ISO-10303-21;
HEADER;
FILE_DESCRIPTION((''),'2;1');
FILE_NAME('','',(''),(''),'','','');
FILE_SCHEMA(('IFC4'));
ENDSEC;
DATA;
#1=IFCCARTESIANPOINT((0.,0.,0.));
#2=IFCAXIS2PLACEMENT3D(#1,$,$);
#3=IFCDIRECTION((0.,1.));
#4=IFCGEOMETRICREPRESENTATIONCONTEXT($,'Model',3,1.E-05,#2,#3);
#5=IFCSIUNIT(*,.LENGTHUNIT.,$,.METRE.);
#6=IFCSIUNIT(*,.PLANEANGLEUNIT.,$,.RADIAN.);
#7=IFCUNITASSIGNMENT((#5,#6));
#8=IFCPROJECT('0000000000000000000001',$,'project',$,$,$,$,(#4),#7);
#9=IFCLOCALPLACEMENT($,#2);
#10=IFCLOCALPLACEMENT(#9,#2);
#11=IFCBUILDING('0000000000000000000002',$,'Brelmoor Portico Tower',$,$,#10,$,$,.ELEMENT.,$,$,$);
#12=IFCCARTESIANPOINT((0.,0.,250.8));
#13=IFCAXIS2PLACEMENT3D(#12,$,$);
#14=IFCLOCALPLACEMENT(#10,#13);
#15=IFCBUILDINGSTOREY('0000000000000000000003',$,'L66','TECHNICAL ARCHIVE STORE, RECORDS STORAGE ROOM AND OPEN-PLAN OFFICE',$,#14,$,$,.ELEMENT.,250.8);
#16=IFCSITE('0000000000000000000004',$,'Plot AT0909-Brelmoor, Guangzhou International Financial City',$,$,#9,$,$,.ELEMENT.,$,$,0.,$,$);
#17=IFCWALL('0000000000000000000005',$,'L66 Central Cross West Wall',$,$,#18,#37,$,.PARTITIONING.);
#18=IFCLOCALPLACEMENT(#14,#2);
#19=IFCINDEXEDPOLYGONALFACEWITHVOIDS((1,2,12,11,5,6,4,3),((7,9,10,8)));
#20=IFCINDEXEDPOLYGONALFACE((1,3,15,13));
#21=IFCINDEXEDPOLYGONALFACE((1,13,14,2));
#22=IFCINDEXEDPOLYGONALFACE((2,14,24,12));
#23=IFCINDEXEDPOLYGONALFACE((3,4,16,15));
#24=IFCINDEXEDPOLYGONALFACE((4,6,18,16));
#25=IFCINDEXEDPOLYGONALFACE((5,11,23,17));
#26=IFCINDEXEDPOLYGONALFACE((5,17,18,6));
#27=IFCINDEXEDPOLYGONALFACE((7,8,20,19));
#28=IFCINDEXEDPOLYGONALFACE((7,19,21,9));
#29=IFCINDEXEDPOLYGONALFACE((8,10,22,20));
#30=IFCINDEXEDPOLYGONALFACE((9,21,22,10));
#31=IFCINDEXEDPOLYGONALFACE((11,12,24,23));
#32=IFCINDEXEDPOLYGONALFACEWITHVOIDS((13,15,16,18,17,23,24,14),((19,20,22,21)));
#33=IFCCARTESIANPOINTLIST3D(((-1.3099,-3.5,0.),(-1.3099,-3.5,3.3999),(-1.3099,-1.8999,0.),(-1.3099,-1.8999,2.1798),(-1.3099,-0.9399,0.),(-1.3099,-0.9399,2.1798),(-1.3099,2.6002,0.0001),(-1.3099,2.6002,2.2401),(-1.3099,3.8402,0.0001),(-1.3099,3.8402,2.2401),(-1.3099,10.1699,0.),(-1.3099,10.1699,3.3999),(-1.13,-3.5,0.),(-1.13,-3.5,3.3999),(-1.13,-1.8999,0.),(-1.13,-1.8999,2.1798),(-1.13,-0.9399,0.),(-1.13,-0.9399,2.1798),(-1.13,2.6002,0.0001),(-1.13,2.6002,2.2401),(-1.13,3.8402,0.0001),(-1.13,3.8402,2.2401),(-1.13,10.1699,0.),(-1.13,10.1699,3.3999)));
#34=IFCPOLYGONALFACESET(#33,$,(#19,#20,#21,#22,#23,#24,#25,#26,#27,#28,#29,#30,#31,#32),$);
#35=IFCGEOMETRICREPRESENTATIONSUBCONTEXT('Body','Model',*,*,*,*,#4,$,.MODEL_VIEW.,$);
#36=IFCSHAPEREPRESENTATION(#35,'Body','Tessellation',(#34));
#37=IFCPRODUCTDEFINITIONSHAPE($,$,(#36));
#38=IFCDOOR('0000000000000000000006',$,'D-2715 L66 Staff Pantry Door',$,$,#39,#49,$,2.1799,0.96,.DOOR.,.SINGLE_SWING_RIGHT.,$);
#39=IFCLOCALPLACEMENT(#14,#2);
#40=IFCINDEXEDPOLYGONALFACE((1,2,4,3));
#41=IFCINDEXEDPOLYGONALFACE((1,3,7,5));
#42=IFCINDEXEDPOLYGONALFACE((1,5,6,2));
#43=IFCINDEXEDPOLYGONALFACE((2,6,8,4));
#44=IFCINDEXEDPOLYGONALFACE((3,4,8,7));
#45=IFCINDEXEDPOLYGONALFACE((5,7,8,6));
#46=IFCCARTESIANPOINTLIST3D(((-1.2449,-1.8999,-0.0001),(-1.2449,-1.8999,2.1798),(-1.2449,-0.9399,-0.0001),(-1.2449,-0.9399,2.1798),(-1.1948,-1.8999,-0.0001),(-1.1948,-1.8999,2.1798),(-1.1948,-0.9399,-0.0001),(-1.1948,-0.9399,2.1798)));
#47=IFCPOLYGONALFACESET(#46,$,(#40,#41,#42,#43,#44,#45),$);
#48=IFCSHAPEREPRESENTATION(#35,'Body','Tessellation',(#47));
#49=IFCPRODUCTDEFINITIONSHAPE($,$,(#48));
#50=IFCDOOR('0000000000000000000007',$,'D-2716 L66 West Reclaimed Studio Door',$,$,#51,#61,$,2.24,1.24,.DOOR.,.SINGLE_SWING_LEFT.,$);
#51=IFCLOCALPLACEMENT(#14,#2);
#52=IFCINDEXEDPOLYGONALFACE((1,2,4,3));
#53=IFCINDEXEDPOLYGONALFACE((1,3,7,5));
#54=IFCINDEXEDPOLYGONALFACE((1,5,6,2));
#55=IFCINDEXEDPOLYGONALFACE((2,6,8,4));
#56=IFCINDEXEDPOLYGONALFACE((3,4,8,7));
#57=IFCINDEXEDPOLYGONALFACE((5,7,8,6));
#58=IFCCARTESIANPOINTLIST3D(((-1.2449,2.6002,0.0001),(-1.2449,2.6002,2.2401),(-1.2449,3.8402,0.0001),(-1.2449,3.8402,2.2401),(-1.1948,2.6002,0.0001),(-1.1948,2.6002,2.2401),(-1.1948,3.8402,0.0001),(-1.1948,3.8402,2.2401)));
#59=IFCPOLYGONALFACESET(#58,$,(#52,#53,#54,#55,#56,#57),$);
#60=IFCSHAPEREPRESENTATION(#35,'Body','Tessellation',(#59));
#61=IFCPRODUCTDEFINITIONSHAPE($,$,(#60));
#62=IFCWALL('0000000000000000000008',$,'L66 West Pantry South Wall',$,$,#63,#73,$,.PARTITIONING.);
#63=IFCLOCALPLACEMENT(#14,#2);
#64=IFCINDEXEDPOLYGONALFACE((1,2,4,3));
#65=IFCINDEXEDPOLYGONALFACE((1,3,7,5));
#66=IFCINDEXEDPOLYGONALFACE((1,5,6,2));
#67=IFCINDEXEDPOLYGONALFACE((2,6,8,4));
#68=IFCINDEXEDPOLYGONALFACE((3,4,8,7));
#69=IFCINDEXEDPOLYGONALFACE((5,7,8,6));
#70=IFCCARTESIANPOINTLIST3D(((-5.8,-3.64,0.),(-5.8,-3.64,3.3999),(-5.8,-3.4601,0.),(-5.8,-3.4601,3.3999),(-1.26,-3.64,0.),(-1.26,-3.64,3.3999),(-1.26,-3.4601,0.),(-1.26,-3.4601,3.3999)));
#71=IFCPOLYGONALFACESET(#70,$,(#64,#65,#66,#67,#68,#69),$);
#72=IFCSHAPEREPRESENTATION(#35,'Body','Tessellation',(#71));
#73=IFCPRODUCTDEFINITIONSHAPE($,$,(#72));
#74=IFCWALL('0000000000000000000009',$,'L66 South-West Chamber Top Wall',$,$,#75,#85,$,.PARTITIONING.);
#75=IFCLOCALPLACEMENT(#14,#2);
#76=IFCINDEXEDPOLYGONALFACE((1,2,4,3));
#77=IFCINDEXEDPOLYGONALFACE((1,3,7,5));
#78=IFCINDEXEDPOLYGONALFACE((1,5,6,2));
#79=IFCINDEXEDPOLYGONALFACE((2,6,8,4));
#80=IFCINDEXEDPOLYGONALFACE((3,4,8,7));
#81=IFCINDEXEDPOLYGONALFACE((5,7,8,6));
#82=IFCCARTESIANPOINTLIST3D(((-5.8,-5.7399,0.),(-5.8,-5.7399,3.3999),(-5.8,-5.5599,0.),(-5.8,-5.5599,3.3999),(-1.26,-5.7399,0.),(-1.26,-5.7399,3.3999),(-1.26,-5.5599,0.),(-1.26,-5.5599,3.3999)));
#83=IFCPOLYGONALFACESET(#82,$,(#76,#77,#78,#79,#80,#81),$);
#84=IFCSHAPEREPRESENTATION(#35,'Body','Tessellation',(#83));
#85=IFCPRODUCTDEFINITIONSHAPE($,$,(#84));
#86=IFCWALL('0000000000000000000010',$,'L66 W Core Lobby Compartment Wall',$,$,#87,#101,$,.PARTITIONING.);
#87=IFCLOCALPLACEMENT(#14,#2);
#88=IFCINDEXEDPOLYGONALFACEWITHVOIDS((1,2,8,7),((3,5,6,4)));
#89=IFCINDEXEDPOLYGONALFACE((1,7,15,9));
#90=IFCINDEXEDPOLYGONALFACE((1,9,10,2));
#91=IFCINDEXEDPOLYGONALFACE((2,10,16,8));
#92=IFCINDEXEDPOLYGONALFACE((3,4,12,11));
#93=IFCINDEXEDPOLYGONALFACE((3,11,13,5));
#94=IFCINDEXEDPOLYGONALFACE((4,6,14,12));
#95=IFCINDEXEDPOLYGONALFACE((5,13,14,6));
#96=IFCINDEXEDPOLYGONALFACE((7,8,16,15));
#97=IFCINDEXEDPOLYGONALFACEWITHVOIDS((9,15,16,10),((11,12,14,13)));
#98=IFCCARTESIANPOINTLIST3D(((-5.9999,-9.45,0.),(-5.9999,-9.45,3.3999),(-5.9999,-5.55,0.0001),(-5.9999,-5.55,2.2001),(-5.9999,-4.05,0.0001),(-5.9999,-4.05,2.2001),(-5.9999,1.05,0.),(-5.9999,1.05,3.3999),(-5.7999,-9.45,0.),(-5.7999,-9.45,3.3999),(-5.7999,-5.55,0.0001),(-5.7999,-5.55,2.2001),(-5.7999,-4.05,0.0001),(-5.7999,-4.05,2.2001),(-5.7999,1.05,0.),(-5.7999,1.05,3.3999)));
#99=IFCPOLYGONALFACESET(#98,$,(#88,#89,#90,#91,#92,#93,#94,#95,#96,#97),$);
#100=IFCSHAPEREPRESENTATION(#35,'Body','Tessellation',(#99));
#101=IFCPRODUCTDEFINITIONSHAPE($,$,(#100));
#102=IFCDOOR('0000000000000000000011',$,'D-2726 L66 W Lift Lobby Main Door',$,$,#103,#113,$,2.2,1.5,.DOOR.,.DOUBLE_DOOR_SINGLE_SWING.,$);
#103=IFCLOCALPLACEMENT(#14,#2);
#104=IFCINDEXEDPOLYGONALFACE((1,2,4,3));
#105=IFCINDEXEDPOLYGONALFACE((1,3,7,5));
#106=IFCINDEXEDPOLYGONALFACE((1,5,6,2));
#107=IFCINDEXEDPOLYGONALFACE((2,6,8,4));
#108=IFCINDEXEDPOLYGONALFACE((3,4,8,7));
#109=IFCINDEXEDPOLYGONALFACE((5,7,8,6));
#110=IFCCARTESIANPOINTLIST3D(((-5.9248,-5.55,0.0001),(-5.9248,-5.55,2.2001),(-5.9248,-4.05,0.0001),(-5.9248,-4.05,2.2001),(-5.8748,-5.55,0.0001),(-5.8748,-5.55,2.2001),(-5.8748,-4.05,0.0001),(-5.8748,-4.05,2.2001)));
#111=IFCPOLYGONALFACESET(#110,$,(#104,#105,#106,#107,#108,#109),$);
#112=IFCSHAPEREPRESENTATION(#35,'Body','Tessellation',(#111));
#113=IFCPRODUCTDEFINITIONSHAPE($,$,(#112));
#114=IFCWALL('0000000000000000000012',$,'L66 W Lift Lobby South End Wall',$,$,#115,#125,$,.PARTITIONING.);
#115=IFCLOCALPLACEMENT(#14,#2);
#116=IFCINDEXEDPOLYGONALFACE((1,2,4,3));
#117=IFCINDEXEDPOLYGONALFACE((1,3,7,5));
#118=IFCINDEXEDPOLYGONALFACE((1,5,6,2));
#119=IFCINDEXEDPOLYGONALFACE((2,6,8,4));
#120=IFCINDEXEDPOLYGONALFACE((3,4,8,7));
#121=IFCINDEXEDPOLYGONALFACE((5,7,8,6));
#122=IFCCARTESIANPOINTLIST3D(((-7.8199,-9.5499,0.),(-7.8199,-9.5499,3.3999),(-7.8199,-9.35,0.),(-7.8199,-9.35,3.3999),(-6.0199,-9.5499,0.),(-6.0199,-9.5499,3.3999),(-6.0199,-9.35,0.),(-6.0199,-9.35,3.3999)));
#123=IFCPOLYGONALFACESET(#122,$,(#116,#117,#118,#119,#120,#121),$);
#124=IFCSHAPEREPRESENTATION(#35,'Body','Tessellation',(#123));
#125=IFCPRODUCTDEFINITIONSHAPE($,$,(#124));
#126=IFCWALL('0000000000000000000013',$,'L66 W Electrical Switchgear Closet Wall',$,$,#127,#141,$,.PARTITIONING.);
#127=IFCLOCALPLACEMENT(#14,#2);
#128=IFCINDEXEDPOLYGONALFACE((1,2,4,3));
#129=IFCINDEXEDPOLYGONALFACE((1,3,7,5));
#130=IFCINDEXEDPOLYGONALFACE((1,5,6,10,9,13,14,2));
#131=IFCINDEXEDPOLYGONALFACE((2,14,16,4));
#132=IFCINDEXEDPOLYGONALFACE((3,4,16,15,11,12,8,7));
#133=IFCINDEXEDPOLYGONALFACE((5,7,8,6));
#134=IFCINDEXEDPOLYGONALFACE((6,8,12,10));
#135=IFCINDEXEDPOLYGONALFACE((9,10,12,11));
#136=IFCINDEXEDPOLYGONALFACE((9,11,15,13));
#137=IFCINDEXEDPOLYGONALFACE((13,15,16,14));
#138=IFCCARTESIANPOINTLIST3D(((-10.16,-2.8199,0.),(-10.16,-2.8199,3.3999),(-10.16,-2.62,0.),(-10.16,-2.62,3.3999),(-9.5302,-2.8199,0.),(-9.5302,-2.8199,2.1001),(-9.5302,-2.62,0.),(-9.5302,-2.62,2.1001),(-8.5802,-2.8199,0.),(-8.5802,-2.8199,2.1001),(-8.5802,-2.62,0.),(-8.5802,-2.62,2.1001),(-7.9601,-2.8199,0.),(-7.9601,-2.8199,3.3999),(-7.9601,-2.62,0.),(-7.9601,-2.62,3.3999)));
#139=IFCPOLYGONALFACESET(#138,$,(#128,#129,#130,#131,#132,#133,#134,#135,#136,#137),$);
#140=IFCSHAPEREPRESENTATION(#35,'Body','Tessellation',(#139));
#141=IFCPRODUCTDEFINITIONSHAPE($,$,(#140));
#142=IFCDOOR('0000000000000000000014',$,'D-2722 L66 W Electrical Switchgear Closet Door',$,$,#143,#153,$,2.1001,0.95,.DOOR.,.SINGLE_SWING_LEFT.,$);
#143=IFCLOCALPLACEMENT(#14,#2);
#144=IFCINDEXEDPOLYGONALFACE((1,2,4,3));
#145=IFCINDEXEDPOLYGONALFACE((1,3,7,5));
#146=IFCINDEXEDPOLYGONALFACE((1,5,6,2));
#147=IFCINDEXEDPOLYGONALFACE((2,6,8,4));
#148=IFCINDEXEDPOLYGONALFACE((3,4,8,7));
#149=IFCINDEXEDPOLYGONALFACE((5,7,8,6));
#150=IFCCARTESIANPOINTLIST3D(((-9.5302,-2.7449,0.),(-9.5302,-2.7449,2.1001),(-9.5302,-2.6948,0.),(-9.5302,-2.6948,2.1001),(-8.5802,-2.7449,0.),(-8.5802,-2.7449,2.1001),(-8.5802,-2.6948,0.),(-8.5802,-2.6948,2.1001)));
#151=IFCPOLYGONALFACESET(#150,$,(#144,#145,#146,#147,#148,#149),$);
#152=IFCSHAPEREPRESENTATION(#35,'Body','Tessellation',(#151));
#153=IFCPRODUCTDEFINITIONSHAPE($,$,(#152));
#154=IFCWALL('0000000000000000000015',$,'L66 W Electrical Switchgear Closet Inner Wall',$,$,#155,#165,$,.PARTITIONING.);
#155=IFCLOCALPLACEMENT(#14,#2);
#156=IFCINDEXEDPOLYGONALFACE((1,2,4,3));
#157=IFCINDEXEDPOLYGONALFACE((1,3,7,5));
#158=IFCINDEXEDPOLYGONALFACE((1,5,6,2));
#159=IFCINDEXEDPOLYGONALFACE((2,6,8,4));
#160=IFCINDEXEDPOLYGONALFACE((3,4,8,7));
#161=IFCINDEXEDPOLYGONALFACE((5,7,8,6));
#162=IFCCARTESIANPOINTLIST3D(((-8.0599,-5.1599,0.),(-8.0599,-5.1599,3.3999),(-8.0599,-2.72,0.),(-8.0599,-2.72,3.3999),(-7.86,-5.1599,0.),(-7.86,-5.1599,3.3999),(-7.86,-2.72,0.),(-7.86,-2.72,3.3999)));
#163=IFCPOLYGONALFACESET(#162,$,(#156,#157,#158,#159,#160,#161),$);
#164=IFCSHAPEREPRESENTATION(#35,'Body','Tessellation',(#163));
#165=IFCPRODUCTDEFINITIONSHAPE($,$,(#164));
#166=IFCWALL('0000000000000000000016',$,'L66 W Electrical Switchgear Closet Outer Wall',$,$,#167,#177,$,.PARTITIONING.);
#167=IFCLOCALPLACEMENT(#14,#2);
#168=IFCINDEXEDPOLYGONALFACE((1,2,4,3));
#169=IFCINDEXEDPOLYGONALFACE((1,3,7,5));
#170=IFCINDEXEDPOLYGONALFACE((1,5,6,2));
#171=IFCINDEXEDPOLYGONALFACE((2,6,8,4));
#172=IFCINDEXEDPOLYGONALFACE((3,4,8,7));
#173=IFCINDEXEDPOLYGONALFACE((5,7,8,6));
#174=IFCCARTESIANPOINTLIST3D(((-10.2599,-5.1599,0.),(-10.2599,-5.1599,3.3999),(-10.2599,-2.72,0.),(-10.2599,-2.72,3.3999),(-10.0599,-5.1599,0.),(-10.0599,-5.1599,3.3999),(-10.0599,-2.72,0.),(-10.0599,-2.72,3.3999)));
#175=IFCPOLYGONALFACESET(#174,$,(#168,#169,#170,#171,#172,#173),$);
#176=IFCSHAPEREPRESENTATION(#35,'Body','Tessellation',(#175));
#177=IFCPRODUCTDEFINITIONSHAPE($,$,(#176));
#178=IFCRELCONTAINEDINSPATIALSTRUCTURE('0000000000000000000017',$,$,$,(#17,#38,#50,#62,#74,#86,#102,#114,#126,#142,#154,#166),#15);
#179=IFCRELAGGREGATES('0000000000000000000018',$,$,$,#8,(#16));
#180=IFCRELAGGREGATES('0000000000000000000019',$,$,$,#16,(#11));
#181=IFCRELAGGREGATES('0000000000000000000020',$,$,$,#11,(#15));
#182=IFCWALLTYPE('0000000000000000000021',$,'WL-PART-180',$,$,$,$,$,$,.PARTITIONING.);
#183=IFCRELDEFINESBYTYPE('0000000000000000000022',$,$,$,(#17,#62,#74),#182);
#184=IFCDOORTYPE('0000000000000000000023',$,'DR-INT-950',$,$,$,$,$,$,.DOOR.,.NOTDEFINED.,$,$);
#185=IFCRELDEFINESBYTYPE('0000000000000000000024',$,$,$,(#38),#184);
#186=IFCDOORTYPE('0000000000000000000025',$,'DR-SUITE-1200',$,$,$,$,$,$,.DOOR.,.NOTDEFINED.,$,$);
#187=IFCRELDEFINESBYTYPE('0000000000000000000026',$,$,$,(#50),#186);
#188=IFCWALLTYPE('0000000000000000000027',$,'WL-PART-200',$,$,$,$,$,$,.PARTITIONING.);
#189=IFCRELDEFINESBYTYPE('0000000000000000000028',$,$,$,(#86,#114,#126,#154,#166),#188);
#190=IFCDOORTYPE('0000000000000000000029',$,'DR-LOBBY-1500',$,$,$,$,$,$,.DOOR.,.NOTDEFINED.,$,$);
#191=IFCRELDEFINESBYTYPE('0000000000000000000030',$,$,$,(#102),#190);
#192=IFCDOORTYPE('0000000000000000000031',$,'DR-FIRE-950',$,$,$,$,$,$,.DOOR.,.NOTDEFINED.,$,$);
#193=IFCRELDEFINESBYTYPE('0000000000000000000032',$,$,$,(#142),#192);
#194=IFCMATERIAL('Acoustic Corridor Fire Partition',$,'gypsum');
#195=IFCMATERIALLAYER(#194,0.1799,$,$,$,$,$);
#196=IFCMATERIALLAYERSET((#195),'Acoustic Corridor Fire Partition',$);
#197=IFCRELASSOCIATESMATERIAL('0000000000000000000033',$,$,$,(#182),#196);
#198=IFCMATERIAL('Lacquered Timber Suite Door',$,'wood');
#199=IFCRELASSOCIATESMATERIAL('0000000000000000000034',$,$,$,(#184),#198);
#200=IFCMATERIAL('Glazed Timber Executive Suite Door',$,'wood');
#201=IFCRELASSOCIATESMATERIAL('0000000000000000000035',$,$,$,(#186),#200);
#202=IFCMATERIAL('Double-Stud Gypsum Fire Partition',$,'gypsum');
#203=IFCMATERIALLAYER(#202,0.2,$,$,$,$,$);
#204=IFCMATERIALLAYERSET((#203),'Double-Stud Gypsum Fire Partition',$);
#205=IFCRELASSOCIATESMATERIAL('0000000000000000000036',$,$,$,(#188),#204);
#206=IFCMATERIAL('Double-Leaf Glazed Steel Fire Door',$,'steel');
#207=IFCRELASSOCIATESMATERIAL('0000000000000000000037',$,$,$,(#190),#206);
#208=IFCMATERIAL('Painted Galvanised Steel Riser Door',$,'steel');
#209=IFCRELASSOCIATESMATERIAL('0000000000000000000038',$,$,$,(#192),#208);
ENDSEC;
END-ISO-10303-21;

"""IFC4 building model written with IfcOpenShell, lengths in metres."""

from ifc_helpers import new_model, si_unit, direction, frame, frame_2d, origin, place, context, subcontext, project, spatial, rectangle, extrude, material, layer, layer_set, type_object, element, fill, save


model = new_model("IFC4")

# Units and contexts
model_context = context("Model", 3, precision=1e-05, world=origin(), true_north=direction((0.0, 1.0)))
body_context = subcontext(model_context, "Body", "Model", "MODEL_VIEW")
ifc_project = project(units=[si_unit("LENGTHUNIT", "METRE"), si_unit("PLANEANGLEUNIT", "RADIAN")], contexts=[model_context])

# Site, building, storey
site_placement = place(None, origin())
site = spatial("IfcSite", under=ifc_project, at=site_placement, Name="Plot AT0909-Brelmoor, Guangzhou International Financial City", CompositionType="ELEMENT", RefElevation=0.0)
building_placement = place(site_placement, origin())
building = spatial("IfcBuilding", under=site, at=building_placement, Name="Brelmoor Portico Tower", CompositionType="ELEMENT")
storey_placement = place(building_placement, frame((0.0, 0.0, 250.8)))
storey = spatial("IfcBuildingStorey", under=building, at=storey_placement, Name="L66", Description="TECHNICAL ARCHIVE STORE, RECORDS STORAGE ROOM AND OPEN-PLAN OFFICE", CompositionType="ELEMENT", Elevation=250.8)

# Shared definitions
ifc_material_1 = material(Name="Lacquered Timber Suite Door", Category="wood")

# Wall, openings, doors
ifc_material_2 = material(Name="Acoustic Corridor Fire Partition", Category="gypsum")
ifc_layer_1 = layer(ifc_material_2, 0.1799)
ifc_layer_set_1 = layer_set([ifc_layer_1], Name="Acoustic Corridor Fire Partition")
wall_type_1 = type_object("IfcWallType", Name="WL-PART-180", PredefinedType="PARTITIONING", material=ifc_layer_set_1)
wall_1_placement = place(storey_placement, frame((-1.22, -3.5, 0.0), z_axis=(0.0, 0.0, 1.0), x_axis=(0.0, 1.0, 0.0)))
wall_1 = element("IfcWall", 1, at=wall_1_placement, inside=storey, type_object=wall_type_1, Name="L66 Central Cross West Wall", PredefinedType="PARTITIONING", context=body_context, shape_type="SweptSolid", body=[
    extrude(rectangle(XDim=13.6699, YDim=0.1799, at=frame_2d((6.835, 0.0))), origin(), (0.0, 0.0, 1.0), 3.3999),
])
opening_1_placement = place(wall_1_placement, frame((6.1001, 0.0, 0.0)))
opening_1 = element("IfcOpeningElement", 2, at=opening_1_placement, cuts=wall_1, PredefinedType="OPENING", context=body_context, shape_type="SweptSolid", body=[
    extrude(rectangle(XDim=1.24, YDim=2.24, at=frame_2d((0.6201, 1.1201))), frame((0.0, 0.0999, 0.0), z_axis=(0.0, -1.0, 0.0), x_axis=(1.0, 0.0, 0.0)), (0.0, 0.0, 1.0), 0.2),
])
opening_2_placement = place(wall_1_placement, frame((1.6001, 0.0, 0.0)))
opening_2 = element("IfcOpeningElement", 3, at=opening_2_placement, cuts=wall_1, PredefinedType="OPENING", context=body_context, shape_type="SweptSolid", body=[
    extrude(rectangle(XDim=0.96, YDim=2.1799, at=frame_2d((0.48, 1.0898))), frame((0.0, 0.0999, 0.0), z_axis=(0.0, -1.0, 0.0), x_axis=(1.0, 0.0, 0.0)), (0.0, 0.0, 1.0), 0.2),
])
door_type_1 = type_object("IfcDoorType", Name="DR-INT-950", OperationType="NOTDEFINED", PredefinedType="DOOR", material=ifc_material_1)
door_1_placement = place(opening_2_placement, origin())
door_1 = element("IfcDoor", 4, at=door_1_placement, inside=storey, type_object=door_type_1, Name="D-2715 L66 Staff Pantry Door", OperationType="SINGLE_SWING_RIGHT", OverallHeight=2.1799, OverallWidth=0.96, PredefinedType="DOOR", context=body_context, shape_type="SweptSolid", body=[
    extrude(rectangle(XDim=0.96, YDim=2.1799, at=frame_2d((0.48, 1.0898))), frame((0.0, 0.0249, 0.0), z_axis=(0.0, -1.0, 0.0), x_axis=(1.0, 0.0, 0.0)), (0.0, 0.0, 1.0), 0.05),
])
fill(opening_2, door_1)
ifc_material_3 = material(Name="Glazed Timber Executive Suite Door", Category="wood")
door_type_2 = type_object("IfcDoorType", Name="DR-SUITE-1200", OperationType="NOTDEFINED", PredefinedType="DOOR", material=ifc_material_3)
door_2_placement = place(opening_1_placement, origin())
door_2 = element("IfcDoor", 5, at=door_2_placement, inside=storey, type_object=door_type_2, Name="D-2716 L66 West Reclaimed Studio Door", OperationType="SINGLE_SWING_LEFT", OverallHeight=2.24, OverallWidth=1.24, PredefinedType="DOOR", context=body_context, shape_type="SweptSolid", body=[
    extrude(rectangle(XDim=1.24, YDim=2.24, at=frame_2d((0.6201, 1.1201))), frame((0.0, 0.0249, 0.0), z_axis=(0.0, -1.0, 0.0), x_axis=(1.0, 0.0, 0.0)), (0.0, 0.0, 1.0), 0.05),
])
fill(opening_1, door_2)

# Walls
for number, where, z_axis, x_axis, name in (
    (6, (-5.8, -3.55, 0.0), (0.0, 0.0, 1.0), (1.0, 0.0, 0.0), "L66 West Pantry South Wall"),
    (7, (-5.8, -5.6499, 0.0), (0.0, 0.0, 1.0), (1.0, 0.0, 0.0), "L66 South-West Chamber Top Wall"),
):
    element("IfcWall", number, at=place(storey_placement, frame(where, z_axis=z_axis, x_axis=x_axis)), inside=storey, type_object=wall_type_1, Name=name, PredefinedType="PARTITIONING", context=body_context, shape_type="SweptSolid", body=[
        extrude(rectangle(XDim=4.54, YDim=0.1799, at=frame_2d((2.27, 0.0))), origin(), (0.0, 0.0, 1.0), 3.3999),
    ])

# Wall, opening, door
ifc_material_4 = material(Name="Double-Stud Gypsum Fire Partition", Category="gypsum")
ifc_layer_2 = layer(ifc_material_4, 0.2)
ifc_layer_set_2 = layer_set([ifc_layer_2], Name="Double-Stud Gypsum Fire Partition")
wall_type_2 = type_object("IfcWallType", Name="WL-PART-200", PredefinedType="PARTITIONING", material=ifc_layer_set_2)
wall_2_placement = place(storey_placement, frame((-5.8999, -9.45, 0.0), z_axis=(0.0, 0.0, 1.0), x_axis=(0.0, 1.0, 0.0)))
wall_2 = element("IfcWall", 8, at=wall_2_placement, inside=storey, type_object=wall_type_2, Name="L66 W Core Lobby Compartment Wall", PredefinedType="PARTITIONING", context=body_context, shape_type="SweptSolid", body=[
    extrude(rectangle(XDim=10.5, YDim=0.2, at=frame_2d((5.25, 0.0))), origin(), (0.0, 0.0, 1.0), 3.3999),
])
opening_3_placement = place(wall_2_placement, frame((3.8999, 0.0, 0.0)))
opening_3 = element("IfcOpeningElement", 9, at=opening_3_placement, cuts=wall_2, PredefinedType="OPENING", context=body_context, shape_type="SweptSolid", body=[
    extrude(rectangle(XDim=1.5, YDim=2.2, at=frame_2d((0.75, 1.1001))), frame((0.0, 0.1099, 0.0), z_axis=(0.0, -1.0, 0.0), x_axis=(1.0, 0.0, 0.0)), (0.0, 0.0, 1.0), 0.22),
])
ifc_material_5 = material(Name="Double-Leaf Glazed Steel Fire Door", Category="steel")
door_type_3 = type_object("IfcDoorType", Name="DR-LOBBY-1500", OperationType="NOTDEFINED", PredefinedType="DOOR", material=ifc_material_5)
door_3_placement = place(opening_3_placement, origin())
door_3 = element("IfcDoor", 10, at=door_3_placement, inside=storey, type_object=door_type_3, Name="D-2726 L66 W Lift Lobby Main Door", OperationType="DOUBLE_DOOR_SINGLE_SWING", OverallHeight=2.2, OverallWidth=1.5, PredefinedType="DOOR", context=body_context, shape_type="SweptSolid", body=[
    extrude(rectangle(XDim=1.5, YDim=2.2, at=frame_2d((0.75, 1.1001))), frame((0.0, 0.0249, 0.0), z_axis=(0.0, -1.0, 0.0), x_axis=(1.0, 0.0, 0.0)), (0.0, 0.0, 1.0), 0.05),
])
fill(opening_3, door_3)

# Wall
wall_3_placement = place(storey_placement, frame((-6.02, -9.45, 0.0), z_axis=(0.0, 0.0, 1.0), x_axis=(-1.0, 0.0, 0.0)))
element("IfcWall", 11, at=wall_3_placement, inside=storey, type_object=wall_type_2, Name="L66 W Lift Lobby South End Wall", PredefinedType="PARTITIONING", context=body_context, shape_type="SweptSolid", body=[
    extrude(rectangle(XDim=1.8, YDim=0.2, at=frame_2d((0.8999, 0.0))), origin(), (0.0, 0.0, 1.0), 3.3999),
])

# Wall, opening, door
wall_4_placement = place(storey_placement, frame((-7.96, -2.72, 0.0), z_axis=(0.0, 0.0, 1.0), x_axis=(-1.0, 0.0, 0.0)))
wall_4 = element("IfcWall", 12, at=wall_4_placement, inside=storey, type_object=wall_type_2, Name="L66 W Electrical Switchgear Closet Wall", PredefinedType="PARTITIONING", context=body_context, shape_type="SweptSolid", body=[
    extrude(rectangle(XDim=2.2, YDim=0.2, at=frame_2d((1.1001, 0.0))), origin(), (0.0, 0.0, 1.0), 3.3999),
])
opening_4_placement = place(wall_4_placement, frame((0.6201, 0.0, 0.0)))
opening_4 = element("IfcOpeningElement", 13, at=opening_4_placement, cuts=wall_4, PredefinedType="OPENING", context=body_context, shape_type="SweptSolid", body=[
    extrude(rectangle(XDim=0.95, YDim=2.1001, at=frame_2d((0.4751, 1.05))), frame((0.0, 0.1099, 0.0), z_axis=(0.0, -1.0, 0.0), x_axis=(1.0, 0.0, 0.0)), (0.0, 0.0, 1.0), 0.22),
])
ifc_material_6 = material(Name="Painted Galvanised Steel Riser Door", Category="steel")
door_type_4 = type_object("IfcDoorType", Name="DR-FIRE-950", OperationType="NOTDEFINED", PredefinedType="DOOR", material=ifc_material_6)
door_4_placement = place(opening_4_placement, origin())
door_4 = element("IfcDoor", 14, at=door_4_placement, inside=storey, type_object=door_type_4, Name="D-2722 L66 W Electrical Switchgear Closet Door", OperationType="SINGLE_SWING_LEFT", OverallHeight=2.1001, OverallWidth=0.95, PredefinedType="DOOR", context=body_context, shape_type="SweptSolid", body=[
    extrude(rectangle(XDim=0.95, YDim=2.1001, at=frame_2d((0.4751, 1.05))), frame((0.0, 0.0249, 0.0), z_axis=(0.0, -1.0, 0.0), x_axis=(1.0, 0.0, 0.0)), (0.0, 0.0, 1.0), 0.05),
])
fill(opening_4, door_4)

# Walls
for number, where, z_axis, x_axis, name in (
    (15, (-7.96, -5.1599, 0.0), (0.0, 0.0, 1.0), (0.0, 1.0, 0.0), "L66 W Electrical Switchgear Closet Inner Wall"),
    (16, (-10.1599, -5.1599, 0.0), (0.0, 0.0, 1.0), (0.0, 1.0, 0.0), "L66 W Electrical Switchgear Closet Outer Wall"),
):
    element("IfcWall", number, at=place(storey_placement, frame(where, z_axis=z_axis, x_axis=x_axis)), inside=storey, type_object=wall_type_2, Name=name, PredefinedType="PARTITIONING", context=body_context, shape_type="SweptSolid", body=[
        extrude(rectangle(XDim=2.4399, YDim=0.2, at=frame_2d((1.22, 0.0))), origin(), (0.0, 0.0, 1.0), 3.3999),
    ])

save(model, "model.ifc")
